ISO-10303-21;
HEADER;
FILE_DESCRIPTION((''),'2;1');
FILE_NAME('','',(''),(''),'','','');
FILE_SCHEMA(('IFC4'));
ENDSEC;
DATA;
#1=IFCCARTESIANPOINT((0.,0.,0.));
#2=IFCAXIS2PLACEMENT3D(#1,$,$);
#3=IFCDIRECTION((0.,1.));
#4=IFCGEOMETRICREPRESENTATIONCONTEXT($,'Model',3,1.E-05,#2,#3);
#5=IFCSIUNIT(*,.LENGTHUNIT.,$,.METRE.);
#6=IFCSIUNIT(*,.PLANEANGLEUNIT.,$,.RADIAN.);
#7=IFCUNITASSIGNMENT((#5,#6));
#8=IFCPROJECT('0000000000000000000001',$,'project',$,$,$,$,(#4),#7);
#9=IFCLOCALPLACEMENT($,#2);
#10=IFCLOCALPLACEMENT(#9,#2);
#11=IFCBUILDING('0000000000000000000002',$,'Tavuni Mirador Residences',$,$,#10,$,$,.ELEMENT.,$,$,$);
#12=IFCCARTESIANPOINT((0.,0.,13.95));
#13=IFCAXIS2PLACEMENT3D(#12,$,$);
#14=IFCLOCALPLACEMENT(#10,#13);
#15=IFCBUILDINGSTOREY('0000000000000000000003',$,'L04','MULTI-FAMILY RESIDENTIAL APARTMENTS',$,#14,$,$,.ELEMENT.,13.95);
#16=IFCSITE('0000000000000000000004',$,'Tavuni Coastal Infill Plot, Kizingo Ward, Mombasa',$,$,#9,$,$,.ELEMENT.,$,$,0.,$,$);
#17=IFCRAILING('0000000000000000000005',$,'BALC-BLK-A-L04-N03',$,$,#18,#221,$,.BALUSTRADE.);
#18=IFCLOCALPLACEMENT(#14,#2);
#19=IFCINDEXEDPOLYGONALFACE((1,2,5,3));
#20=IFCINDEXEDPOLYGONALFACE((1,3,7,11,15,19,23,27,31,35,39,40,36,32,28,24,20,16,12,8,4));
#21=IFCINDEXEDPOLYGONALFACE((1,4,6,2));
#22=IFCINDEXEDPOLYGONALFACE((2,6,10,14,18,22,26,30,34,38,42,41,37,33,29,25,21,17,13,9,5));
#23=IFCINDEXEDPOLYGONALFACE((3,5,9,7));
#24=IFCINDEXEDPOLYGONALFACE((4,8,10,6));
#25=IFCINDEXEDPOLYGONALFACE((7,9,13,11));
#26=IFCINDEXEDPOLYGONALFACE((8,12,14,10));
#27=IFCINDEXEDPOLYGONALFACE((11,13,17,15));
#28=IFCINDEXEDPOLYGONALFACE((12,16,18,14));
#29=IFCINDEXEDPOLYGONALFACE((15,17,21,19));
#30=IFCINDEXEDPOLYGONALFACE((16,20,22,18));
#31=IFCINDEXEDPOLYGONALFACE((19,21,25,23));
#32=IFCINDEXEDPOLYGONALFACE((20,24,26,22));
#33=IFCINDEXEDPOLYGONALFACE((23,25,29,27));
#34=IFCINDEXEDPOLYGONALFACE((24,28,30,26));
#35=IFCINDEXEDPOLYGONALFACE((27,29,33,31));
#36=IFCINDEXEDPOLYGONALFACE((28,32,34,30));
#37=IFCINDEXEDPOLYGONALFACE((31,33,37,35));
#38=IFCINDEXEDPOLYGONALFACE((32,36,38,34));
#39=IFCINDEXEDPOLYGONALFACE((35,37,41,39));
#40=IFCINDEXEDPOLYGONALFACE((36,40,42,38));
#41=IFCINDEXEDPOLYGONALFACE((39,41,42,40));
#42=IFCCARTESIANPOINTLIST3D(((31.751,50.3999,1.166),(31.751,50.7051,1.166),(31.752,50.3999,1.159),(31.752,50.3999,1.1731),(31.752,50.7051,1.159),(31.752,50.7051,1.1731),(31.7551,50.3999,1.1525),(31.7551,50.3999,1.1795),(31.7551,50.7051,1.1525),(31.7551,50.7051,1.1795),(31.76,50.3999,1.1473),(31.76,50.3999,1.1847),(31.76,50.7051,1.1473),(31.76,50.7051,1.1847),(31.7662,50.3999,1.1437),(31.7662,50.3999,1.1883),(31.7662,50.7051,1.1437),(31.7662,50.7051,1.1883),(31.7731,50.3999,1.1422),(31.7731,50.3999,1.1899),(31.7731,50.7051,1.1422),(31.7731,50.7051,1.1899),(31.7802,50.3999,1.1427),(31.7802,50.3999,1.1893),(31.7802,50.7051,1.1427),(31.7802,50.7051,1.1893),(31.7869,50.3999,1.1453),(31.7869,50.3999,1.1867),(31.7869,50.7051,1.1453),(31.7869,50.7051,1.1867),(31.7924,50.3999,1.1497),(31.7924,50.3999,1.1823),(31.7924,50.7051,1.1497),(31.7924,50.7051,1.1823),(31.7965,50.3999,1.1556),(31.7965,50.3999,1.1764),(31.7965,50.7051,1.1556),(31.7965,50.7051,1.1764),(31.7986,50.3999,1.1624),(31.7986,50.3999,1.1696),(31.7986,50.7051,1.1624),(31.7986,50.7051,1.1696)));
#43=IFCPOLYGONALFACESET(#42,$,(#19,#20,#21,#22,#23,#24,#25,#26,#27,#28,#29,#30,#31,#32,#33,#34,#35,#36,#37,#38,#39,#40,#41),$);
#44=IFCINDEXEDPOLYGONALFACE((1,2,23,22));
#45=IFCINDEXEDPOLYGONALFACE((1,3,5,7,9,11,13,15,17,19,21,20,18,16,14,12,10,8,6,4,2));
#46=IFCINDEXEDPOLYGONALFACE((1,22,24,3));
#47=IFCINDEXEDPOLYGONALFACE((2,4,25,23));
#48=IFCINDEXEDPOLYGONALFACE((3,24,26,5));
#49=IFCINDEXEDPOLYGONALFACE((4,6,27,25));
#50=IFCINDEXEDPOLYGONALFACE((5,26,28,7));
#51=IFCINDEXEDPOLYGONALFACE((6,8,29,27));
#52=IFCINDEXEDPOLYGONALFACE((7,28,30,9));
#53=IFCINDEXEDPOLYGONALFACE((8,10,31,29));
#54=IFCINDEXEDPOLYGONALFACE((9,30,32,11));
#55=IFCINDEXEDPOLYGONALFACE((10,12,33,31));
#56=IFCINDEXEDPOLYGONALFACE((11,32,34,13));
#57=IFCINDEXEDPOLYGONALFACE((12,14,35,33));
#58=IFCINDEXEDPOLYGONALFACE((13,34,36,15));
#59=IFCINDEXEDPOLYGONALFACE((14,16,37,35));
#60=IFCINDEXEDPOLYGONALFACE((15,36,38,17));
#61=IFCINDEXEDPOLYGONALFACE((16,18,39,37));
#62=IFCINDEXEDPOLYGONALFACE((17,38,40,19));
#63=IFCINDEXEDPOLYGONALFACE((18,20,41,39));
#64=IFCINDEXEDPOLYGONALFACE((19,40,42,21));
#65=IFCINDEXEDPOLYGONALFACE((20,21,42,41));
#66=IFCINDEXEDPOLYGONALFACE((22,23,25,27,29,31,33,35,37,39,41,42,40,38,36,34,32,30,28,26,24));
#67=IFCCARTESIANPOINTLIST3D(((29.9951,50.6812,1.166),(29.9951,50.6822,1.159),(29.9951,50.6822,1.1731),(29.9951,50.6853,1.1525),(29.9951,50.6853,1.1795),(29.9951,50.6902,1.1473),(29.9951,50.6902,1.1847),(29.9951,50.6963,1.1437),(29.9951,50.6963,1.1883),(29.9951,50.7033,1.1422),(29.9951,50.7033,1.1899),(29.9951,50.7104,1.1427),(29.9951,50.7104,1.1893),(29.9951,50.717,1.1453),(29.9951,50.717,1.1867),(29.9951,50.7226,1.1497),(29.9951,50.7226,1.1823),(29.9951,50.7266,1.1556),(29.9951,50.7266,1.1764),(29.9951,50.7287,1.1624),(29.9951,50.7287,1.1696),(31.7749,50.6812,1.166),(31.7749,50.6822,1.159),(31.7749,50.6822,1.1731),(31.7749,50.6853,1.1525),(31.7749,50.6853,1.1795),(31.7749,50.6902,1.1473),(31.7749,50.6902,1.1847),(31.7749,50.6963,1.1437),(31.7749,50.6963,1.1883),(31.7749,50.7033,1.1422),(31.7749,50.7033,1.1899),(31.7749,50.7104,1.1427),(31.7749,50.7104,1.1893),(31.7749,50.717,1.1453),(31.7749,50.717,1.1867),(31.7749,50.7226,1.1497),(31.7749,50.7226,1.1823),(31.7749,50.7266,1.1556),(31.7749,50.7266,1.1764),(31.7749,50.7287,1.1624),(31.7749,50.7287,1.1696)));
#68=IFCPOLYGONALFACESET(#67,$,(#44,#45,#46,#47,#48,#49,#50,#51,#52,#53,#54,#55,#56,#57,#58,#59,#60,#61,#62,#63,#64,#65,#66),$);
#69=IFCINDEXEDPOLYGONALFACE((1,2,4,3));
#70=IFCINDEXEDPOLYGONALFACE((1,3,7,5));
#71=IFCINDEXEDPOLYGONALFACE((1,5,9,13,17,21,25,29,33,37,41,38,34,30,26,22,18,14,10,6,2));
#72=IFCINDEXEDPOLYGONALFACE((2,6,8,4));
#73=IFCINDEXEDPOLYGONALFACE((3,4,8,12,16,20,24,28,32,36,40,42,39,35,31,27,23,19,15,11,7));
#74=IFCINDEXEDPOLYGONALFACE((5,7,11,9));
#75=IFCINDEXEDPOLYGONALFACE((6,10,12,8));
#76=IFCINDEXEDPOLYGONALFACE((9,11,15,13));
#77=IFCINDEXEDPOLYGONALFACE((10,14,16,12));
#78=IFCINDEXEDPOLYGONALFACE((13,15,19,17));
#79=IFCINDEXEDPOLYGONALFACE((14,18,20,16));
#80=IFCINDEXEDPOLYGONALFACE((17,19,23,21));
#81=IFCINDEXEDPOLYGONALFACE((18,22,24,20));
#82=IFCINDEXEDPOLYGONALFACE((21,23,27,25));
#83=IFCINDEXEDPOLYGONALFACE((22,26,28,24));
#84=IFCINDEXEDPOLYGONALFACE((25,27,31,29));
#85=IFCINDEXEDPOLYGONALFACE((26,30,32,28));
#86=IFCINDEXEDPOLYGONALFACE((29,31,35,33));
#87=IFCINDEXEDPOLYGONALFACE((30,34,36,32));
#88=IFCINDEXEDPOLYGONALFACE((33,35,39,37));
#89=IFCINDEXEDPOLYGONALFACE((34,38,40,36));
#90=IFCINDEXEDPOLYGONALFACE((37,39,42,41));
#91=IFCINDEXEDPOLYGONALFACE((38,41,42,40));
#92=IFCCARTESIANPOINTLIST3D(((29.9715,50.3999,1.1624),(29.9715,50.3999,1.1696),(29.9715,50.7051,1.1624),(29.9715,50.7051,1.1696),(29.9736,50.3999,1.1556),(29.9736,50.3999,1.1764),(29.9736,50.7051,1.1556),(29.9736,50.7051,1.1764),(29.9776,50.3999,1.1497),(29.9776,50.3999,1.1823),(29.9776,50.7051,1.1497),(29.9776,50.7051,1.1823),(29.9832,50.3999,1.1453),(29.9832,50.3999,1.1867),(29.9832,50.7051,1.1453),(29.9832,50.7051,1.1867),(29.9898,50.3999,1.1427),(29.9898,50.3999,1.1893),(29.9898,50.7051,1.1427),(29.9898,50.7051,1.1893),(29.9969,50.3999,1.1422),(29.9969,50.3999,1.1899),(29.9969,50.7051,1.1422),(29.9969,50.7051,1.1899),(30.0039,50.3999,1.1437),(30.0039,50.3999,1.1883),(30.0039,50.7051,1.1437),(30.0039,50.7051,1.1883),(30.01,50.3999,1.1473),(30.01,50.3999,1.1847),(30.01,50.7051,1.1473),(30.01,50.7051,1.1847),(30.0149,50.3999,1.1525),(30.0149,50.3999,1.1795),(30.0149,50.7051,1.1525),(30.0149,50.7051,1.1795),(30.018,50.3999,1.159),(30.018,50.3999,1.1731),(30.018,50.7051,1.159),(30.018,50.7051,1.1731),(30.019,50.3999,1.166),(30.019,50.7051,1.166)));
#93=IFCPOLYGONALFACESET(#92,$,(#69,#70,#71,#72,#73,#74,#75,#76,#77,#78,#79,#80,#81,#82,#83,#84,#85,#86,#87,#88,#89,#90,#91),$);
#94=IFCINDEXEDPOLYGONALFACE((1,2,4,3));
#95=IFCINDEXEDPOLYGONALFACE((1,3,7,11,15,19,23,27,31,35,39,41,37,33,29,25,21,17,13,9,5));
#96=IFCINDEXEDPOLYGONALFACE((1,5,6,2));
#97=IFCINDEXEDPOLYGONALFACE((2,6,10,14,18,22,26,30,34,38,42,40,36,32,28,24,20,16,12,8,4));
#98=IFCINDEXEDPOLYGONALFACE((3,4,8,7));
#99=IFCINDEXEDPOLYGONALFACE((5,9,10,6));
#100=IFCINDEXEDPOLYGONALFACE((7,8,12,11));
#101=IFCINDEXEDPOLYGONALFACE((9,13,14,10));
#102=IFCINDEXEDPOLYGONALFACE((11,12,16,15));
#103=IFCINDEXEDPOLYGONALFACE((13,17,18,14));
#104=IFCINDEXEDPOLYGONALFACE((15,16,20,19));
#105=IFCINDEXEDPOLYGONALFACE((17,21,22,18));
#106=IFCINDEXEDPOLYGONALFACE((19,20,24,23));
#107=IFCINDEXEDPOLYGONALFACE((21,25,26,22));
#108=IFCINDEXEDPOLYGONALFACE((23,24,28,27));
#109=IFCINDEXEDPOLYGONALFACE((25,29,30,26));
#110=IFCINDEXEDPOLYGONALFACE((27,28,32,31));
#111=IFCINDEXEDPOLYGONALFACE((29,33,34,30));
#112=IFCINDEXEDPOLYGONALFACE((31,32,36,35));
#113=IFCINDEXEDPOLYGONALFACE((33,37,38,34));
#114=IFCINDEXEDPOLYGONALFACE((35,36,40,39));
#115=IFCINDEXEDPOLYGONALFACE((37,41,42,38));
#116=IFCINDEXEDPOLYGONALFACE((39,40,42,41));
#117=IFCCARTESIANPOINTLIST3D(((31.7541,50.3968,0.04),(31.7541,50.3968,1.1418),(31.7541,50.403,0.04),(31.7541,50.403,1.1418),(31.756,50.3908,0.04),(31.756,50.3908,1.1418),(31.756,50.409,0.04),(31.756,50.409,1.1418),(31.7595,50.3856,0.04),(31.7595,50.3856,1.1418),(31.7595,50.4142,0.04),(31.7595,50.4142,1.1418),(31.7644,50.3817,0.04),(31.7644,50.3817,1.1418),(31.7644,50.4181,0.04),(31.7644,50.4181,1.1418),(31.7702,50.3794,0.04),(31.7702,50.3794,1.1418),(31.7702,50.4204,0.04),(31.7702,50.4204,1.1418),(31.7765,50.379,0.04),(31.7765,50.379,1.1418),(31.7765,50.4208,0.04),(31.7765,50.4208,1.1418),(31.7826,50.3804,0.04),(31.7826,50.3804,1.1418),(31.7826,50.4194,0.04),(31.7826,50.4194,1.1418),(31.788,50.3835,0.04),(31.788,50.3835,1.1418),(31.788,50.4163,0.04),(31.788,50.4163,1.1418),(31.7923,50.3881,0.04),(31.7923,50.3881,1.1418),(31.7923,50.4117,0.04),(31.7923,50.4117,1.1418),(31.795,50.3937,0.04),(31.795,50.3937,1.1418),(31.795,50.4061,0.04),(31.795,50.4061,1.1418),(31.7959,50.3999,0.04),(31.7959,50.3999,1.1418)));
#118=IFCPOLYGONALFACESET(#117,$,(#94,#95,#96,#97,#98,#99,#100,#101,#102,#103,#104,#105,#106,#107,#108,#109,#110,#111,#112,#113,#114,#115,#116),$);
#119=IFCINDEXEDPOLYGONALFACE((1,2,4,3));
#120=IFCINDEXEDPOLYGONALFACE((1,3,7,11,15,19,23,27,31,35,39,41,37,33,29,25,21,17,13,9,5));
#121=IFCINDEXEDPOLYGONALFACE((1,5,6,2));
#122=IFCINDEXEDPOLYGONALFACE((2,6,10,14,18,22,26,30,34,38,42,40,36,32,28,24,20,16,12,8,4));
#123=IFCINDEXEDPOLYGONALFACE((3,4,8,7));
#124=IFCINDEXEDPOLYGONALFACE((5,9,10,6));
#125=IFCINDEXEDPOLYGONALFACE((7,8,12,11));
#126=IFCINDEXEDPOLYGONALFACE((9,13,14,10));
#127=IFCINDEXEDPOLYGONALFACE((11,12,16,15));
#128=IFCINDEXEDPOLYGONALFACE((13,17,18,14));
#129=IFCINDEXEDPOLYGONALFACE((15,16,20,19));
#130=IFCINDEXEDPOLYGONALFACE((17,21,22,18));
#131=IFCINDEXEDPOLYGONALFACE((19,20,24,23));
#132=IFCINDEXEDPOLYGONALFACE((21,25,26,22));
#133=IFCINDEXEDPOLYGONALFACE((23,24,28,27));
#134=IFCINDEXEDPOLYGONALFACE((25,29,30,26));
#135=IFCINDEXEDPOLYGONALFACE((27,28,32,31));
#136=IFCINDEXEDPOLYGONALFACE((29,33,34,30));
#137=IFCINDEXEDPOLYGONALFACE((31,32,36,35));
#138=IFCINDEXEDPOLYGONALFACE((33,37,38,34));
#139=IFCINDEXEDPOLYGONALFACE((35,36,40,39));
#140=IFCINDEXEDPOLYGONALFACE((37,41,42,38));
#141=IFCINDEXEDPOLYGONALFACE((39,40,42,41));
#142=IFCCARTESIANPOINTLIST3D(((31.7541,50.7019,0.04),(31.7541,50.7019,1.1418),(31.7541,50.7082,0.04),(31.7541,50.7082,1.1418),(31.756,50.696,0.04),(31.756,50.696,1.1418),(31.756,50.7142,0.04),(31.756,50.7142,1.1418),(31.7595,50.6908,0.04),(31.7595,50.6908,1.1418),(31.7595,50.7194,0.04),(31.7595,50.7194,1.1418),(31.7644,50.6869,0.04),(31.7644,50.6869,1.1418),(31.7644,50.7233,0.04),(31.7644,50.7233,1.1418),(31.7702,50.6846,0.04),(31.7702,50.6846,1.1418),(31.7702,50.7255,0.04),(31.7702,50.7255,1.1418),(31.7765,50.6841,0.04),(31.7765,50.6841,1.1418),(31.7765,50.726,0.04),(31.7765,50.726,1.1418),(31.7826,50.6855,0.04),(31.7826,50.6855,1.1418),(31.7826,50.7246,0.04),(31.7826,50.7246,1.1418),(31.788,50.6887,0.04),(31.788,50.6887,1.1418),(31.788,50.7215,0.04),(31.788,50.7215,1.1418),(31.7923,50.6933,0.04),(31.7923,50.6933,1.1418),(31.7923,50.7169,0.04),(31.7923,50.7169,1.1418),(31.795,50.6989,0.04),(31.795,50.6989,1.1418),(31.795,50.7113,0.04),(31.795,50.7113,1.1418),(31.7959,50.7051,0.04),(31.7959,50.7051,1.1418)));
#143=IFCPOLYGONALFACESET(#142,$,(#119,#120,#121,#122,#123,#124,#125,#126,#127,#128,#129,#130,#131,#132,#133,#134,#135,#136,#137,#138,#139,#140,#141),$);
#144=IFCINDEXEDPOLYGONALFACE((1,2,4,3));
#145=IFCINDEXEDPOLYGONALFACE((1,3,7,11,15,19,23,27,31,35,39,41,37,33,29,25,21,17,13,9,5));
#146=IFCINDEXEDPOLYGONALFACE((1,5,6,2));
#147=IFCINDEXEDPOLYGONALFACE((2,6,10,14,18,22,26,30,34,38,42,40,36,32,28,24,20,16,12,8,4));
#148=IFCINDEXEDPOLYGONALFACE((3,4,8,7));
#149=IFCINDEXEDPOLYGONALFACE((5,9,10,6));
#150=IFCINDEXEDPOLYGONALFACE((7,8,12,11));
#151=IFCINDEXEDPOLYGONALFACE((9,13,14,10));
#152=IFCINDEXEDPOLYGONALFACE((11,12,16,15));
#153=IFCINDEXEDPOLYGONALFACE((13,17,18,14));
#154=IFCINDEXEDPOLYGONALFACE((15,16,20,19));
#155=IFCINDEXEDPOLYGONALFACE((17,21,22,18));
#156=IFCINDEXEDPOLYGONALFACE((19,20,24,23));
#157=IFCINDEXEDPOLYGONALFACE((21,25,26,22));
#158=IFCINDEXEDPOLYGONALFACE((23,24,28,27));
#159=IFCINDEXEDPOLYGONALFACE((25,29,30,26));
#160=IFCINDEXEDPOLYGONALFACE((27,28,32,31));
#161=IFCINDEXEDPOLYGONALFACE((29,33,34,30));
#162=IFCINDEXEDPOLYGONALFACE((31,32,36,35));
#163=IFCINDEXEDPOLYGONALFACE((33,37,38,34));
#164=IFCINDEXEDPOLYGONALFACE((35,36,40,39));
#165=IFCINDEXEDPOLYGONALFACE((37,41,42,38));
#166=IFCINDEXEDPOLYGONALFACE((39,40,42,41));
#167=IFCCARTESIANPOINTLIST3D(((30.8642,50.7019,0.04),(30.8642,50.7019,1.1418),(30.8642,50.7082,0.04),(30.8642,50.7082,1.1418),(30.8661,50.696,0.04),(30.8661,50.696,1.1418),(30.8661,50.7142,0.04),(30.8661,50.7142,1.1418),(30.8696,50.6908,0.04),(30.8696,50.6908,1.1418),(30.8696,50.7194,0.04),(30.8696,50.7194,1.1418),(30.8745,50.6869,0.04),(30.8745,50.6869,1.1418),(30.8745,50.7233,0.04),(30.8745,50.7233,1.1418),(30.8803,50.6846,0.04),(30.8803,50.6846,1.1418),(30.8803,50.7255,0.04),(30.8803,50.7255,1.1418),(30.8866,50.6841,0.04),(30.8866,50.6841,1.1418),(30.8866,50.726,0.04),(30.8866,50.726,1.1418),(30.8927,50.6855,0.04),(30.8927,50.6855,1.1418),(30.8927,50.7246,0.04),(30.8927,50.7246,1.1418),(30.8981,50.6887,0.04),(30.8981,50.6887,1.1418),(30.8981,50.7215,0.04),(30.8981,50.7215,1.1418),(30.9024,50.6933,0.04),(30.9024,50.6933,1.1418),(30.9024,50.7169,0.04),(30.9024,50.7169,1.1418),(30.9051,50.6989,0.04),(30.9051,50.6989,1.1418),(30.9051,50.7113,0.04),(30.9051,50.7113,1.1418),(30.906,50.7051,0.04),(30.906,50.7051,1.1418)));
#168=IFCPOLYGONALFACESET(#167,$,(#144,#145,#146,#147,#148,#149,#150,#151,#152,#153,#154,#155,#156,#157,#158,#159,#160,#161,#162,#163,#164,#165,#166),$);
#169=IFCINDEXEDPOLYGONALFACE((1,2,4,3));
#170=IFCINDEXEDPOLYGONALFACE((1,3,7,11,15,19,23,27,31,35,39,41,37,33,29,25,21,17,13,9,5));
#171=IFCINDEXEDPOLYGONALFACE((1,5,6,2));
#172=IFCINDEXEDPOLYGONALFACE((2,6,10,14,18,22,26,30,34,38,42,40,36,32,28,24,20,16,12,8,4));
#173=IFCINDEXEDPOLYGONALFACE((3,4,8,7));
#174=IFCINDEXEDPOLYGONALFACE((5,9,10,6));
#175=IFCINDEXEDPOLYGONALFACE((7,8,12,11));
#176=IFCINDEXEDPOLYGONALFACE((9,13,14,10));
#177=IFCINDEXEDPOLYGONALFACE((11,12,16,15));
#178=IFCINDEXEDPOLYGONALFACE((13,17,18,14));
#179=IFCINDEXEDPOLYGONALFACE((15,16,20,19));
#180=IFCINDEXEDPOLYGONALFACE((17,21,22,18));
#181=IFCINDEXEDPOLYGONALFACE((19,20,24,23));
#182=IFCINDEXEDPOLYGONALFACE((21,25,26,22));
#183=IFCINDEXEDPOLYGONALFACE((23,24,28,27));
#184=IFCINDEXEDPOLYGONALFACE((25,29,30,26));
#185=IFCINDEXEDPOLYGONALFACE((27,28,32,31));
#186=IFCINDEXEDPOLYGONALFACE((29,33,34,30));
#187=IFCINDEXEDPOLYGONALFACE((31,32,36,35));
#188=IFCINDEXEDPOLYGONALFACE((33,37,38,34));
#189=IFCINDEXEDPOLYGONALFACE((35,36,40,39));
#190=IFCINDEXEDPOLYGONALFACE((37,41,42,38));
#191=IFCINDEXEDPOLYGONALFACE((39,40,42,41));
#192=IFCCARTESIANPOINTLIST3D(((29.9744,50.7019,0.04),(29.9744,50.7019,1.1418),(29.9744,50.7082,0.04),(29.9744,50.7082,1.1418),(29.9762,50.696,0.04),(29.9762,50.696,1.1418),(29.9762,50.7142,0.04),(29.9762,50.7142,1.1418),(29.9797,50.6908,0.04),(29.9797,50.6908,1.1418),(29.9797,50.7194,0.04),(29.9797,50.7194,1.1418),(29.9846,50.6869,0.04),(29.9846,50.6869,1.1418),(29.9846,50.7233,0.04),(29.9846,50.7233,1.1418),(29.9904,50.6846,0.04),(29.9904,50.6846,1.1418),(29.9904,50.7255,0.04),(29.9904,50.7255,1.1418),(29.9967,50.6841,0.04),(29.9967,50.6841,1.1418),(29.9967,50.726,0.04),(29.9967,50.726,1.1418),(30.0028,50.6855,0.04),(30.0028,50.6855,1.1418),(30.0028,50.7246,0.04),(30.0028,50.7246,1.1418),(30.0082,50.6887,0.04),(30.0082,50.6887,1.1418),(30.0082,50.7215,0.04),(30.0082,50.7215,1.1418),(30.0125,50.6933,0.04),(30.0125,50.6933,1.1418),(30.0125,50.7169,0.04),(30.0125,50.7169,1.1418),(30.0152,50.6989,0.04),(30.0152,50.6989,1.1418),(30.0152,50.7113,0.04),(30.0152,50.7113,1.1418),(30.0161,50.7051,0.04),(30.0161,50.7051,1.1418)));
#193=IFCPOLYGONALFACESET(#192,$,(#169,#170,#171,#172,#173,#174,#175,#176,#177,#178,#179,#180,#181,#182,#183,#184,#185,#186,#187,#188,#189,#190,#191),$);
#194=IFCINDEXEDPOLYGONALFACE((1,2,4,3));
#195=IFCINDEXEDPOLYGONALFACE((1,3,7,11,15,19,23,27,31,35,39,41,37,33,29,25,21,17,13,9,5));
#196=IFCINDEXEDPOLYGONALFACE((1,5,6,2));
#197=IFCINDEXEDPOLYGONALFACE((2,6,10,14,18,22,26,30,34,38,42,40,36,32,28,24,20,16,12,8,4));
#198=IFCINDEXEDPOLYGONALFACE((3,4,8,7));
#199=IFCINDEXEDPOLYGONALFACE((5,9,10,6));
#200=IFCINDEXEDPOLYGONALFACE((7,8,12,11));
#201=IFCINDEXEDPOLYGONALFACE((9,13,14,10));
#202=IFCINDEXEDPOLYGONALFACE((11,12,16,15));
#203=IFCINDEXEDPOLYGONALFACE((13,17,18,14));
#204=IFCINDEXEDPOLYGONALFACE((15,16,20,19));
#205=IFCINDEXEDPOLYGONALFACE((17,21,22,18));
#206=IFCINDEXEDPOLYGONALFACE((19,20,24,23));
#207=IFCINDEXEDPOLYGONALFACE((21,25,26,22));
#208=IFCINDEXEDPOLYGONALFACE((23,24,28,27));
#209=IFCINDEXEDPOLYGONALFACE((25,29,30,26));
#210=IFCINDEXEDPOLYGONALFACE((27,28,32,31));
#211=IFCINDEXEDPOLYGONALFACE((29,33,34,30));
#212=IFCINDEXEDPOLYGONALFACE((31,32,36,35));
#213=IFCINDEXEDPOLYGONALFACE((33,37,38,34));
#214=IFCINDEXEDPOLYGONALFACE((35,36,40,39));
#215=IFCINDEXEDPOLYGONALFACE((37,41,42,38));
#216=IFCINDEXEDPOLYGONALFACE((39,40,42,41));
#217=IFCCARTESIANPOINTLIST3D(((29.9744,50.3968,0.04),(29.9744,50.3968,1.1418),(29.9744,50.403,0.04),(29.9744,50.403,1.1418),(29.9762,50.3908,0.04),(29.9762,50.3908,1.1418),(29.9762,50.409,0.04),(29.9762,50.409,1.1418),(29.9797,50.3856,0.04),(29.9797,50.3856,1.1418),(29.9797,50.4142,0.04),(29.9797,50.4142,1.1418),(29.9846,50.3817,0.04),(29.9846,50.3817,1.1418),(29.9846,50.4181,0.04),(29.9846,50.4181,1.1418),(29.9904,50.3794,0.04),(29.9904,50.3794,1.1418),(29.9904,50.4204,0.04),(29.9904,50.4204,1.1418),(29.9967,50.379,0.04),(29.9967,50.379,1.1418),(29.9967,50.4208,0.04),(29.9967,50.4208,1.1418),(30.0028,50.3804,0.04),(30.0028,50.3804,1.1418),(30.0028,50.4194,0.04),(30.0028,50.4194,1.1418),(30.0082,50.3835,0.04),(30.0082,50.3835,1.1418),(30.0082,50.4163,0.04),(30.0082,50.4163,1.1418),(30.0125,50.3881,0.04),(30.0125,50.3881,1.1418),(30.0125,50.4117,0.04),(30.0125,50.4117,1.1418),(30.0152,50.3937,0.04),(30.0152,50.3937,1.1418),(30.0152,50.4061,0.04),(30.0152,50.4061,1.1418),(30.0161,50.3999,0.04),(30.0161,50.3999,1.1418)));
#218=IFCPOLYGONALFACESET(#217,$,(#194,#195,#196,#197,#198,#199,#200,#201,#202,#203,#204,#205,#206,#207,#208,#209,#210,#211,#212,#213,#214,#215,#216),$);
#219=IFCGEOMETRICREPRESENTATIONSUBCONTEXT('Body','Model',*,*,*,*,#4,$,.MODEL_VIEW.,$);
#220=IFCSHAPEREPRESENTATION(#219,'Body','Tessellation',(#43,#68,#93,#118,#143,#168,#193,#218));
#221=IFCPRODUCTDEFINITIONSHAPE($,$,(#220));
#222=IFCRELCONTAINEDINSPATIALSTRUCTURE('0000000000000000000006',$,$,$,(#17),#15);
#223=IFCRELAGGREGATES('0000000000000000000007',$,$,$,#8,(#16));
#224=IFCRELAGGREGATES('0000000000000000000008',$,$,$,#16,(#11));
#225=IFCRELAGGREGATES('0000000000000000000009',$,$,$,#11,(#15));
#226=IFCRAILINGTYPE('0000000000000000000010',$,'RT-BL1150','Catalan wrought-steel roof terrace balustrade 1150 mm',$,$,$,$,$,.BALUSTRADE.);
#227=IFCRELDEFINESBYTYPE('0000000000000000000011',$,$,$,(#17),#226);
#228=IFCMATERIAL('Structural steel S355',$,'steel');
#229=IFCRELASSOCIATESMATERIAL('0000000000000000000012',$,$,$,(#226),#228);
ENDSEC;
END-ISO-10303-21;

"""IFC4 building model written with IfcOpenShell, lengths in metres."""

from ifc_helpers import new_model, si_unit, direction, frame, origin, origin_2d, place, context, subcontext, project, spatial, circle, extrude, material, type_object, element, save


model = new_model("IFC4")

# Units and contexts
model_context = context("Model", 3, precision=1e-05, world=origin(), true_north=direction((0.0, 1.0)))
body_context = subcontext(model_context, "Body", "Model", "MODEL_VIEW")
ifc_project = project(units=[si_unit("LENGTHUNIT", "METRE"), si_unit("PLANEANGLEUNIT", "RADIAN")], contexts=[model_context])

# Site, building, storey
site_placement = place(None, origin())
site = spatial("IfcSite", under=ifc_project, at=site_placement, Name="Tavuni Coastal Infill Plot, Kizingo Ward, Mombasa", CompositionType="ELEMENT", RefElevation=0.0)
building_placement = place(site_placement, origin())
building = spatial("IfcBuilding", under=site, at=building_placement, Name="Tavuni Mirador Residences", CompositionType="ELEMENT")
storey_placement = place(building_placement, frame((0.0, 0.0, 13.95)))
storey = spatial("IfcBuildingStorey", under=building, at=storey_placement, Name="L04", Description="MULTI-FAMILY RESIDENTIAL APARTMENTS", CompositionType="ELEMENT", Elevation=13.95)

# Railing
ifc_material_1 = material(Name="Structural steel S355", Category="steel")
railing_type = type_object("IfcRailingType", Name="RT-BL1150", Description="Catalan wrought-steel roof terrace balustrade 1150 mm", PredefinedType="BALUSTRADE", material=ifc_material_1)
railing_placement = place(storey_placement, frame((31.7749, 50.3999, 0.04)))
element("IfcRailing", 1, at=railing_placement, inside=storey, type_object=railing_type, Name="BALC-BLK-A-L04-N03", PredefinedType="BALUSTRADE", context=body_context, shape_type="SweptSolid", body=[
    extrude(circle(Radius=0.0239, at=origin_2d()), frame((0.0, 0.0, 1.126), z_axis=(0.0, 1.0, 0.0), x_axis=(-1.0, 0.0, 0.0)), (0.0, 0.0, 1.0), 0.3052),
    extrude(circle(Radius=0.0239, at=origin_2d()), frame((0.0, 0.3052, 1.126), z_axis=(-1.0, 0.0, 0.0), x_axis=(0.0, -1.0, 0.0)), (0.0, 0.0, 1.0), 1.7798),
    extrude(circle(Radius=0.0239, at=origin_2d()), frame((-1.7798, 0.3052, 1.126), z_axis=(0.0, -1.0, 0.0), x_axis=(1.0, 0.0, 0.0)), (0.0, 0.0, 1.0), 0.3052),
    extrude(circle(Radius=0.021, at=origin_2d()), origin(), (0.0, 0.0, 1.0), 1.1018),
    extrude(circle(Radius=0.021, at=origin_2d()), frame((0.0, 0.3052, 0.0)), (0.0, 0.0, 1.0), 1.1018),
    extrude(circle(Radius=0.021, at=origin_2d()), frame((-0.8899, 0.3052, 0.0)), (0.0, 0.0, 1.0), 1.1018),
    extrude(circle(Radius=0.021, at=origin_2d()), frame((-1.7798, 0.3052, 0.0)), (0.0, 0.0, 1.0), 1.1018),
    extrude(circle(Radius=0.021, at=origin_2d()), frame((-1.7798, 0.0, 0.0)), (0.0, 0.0, 1.0), 1.1018),
])

save(model, "model.ifc")
